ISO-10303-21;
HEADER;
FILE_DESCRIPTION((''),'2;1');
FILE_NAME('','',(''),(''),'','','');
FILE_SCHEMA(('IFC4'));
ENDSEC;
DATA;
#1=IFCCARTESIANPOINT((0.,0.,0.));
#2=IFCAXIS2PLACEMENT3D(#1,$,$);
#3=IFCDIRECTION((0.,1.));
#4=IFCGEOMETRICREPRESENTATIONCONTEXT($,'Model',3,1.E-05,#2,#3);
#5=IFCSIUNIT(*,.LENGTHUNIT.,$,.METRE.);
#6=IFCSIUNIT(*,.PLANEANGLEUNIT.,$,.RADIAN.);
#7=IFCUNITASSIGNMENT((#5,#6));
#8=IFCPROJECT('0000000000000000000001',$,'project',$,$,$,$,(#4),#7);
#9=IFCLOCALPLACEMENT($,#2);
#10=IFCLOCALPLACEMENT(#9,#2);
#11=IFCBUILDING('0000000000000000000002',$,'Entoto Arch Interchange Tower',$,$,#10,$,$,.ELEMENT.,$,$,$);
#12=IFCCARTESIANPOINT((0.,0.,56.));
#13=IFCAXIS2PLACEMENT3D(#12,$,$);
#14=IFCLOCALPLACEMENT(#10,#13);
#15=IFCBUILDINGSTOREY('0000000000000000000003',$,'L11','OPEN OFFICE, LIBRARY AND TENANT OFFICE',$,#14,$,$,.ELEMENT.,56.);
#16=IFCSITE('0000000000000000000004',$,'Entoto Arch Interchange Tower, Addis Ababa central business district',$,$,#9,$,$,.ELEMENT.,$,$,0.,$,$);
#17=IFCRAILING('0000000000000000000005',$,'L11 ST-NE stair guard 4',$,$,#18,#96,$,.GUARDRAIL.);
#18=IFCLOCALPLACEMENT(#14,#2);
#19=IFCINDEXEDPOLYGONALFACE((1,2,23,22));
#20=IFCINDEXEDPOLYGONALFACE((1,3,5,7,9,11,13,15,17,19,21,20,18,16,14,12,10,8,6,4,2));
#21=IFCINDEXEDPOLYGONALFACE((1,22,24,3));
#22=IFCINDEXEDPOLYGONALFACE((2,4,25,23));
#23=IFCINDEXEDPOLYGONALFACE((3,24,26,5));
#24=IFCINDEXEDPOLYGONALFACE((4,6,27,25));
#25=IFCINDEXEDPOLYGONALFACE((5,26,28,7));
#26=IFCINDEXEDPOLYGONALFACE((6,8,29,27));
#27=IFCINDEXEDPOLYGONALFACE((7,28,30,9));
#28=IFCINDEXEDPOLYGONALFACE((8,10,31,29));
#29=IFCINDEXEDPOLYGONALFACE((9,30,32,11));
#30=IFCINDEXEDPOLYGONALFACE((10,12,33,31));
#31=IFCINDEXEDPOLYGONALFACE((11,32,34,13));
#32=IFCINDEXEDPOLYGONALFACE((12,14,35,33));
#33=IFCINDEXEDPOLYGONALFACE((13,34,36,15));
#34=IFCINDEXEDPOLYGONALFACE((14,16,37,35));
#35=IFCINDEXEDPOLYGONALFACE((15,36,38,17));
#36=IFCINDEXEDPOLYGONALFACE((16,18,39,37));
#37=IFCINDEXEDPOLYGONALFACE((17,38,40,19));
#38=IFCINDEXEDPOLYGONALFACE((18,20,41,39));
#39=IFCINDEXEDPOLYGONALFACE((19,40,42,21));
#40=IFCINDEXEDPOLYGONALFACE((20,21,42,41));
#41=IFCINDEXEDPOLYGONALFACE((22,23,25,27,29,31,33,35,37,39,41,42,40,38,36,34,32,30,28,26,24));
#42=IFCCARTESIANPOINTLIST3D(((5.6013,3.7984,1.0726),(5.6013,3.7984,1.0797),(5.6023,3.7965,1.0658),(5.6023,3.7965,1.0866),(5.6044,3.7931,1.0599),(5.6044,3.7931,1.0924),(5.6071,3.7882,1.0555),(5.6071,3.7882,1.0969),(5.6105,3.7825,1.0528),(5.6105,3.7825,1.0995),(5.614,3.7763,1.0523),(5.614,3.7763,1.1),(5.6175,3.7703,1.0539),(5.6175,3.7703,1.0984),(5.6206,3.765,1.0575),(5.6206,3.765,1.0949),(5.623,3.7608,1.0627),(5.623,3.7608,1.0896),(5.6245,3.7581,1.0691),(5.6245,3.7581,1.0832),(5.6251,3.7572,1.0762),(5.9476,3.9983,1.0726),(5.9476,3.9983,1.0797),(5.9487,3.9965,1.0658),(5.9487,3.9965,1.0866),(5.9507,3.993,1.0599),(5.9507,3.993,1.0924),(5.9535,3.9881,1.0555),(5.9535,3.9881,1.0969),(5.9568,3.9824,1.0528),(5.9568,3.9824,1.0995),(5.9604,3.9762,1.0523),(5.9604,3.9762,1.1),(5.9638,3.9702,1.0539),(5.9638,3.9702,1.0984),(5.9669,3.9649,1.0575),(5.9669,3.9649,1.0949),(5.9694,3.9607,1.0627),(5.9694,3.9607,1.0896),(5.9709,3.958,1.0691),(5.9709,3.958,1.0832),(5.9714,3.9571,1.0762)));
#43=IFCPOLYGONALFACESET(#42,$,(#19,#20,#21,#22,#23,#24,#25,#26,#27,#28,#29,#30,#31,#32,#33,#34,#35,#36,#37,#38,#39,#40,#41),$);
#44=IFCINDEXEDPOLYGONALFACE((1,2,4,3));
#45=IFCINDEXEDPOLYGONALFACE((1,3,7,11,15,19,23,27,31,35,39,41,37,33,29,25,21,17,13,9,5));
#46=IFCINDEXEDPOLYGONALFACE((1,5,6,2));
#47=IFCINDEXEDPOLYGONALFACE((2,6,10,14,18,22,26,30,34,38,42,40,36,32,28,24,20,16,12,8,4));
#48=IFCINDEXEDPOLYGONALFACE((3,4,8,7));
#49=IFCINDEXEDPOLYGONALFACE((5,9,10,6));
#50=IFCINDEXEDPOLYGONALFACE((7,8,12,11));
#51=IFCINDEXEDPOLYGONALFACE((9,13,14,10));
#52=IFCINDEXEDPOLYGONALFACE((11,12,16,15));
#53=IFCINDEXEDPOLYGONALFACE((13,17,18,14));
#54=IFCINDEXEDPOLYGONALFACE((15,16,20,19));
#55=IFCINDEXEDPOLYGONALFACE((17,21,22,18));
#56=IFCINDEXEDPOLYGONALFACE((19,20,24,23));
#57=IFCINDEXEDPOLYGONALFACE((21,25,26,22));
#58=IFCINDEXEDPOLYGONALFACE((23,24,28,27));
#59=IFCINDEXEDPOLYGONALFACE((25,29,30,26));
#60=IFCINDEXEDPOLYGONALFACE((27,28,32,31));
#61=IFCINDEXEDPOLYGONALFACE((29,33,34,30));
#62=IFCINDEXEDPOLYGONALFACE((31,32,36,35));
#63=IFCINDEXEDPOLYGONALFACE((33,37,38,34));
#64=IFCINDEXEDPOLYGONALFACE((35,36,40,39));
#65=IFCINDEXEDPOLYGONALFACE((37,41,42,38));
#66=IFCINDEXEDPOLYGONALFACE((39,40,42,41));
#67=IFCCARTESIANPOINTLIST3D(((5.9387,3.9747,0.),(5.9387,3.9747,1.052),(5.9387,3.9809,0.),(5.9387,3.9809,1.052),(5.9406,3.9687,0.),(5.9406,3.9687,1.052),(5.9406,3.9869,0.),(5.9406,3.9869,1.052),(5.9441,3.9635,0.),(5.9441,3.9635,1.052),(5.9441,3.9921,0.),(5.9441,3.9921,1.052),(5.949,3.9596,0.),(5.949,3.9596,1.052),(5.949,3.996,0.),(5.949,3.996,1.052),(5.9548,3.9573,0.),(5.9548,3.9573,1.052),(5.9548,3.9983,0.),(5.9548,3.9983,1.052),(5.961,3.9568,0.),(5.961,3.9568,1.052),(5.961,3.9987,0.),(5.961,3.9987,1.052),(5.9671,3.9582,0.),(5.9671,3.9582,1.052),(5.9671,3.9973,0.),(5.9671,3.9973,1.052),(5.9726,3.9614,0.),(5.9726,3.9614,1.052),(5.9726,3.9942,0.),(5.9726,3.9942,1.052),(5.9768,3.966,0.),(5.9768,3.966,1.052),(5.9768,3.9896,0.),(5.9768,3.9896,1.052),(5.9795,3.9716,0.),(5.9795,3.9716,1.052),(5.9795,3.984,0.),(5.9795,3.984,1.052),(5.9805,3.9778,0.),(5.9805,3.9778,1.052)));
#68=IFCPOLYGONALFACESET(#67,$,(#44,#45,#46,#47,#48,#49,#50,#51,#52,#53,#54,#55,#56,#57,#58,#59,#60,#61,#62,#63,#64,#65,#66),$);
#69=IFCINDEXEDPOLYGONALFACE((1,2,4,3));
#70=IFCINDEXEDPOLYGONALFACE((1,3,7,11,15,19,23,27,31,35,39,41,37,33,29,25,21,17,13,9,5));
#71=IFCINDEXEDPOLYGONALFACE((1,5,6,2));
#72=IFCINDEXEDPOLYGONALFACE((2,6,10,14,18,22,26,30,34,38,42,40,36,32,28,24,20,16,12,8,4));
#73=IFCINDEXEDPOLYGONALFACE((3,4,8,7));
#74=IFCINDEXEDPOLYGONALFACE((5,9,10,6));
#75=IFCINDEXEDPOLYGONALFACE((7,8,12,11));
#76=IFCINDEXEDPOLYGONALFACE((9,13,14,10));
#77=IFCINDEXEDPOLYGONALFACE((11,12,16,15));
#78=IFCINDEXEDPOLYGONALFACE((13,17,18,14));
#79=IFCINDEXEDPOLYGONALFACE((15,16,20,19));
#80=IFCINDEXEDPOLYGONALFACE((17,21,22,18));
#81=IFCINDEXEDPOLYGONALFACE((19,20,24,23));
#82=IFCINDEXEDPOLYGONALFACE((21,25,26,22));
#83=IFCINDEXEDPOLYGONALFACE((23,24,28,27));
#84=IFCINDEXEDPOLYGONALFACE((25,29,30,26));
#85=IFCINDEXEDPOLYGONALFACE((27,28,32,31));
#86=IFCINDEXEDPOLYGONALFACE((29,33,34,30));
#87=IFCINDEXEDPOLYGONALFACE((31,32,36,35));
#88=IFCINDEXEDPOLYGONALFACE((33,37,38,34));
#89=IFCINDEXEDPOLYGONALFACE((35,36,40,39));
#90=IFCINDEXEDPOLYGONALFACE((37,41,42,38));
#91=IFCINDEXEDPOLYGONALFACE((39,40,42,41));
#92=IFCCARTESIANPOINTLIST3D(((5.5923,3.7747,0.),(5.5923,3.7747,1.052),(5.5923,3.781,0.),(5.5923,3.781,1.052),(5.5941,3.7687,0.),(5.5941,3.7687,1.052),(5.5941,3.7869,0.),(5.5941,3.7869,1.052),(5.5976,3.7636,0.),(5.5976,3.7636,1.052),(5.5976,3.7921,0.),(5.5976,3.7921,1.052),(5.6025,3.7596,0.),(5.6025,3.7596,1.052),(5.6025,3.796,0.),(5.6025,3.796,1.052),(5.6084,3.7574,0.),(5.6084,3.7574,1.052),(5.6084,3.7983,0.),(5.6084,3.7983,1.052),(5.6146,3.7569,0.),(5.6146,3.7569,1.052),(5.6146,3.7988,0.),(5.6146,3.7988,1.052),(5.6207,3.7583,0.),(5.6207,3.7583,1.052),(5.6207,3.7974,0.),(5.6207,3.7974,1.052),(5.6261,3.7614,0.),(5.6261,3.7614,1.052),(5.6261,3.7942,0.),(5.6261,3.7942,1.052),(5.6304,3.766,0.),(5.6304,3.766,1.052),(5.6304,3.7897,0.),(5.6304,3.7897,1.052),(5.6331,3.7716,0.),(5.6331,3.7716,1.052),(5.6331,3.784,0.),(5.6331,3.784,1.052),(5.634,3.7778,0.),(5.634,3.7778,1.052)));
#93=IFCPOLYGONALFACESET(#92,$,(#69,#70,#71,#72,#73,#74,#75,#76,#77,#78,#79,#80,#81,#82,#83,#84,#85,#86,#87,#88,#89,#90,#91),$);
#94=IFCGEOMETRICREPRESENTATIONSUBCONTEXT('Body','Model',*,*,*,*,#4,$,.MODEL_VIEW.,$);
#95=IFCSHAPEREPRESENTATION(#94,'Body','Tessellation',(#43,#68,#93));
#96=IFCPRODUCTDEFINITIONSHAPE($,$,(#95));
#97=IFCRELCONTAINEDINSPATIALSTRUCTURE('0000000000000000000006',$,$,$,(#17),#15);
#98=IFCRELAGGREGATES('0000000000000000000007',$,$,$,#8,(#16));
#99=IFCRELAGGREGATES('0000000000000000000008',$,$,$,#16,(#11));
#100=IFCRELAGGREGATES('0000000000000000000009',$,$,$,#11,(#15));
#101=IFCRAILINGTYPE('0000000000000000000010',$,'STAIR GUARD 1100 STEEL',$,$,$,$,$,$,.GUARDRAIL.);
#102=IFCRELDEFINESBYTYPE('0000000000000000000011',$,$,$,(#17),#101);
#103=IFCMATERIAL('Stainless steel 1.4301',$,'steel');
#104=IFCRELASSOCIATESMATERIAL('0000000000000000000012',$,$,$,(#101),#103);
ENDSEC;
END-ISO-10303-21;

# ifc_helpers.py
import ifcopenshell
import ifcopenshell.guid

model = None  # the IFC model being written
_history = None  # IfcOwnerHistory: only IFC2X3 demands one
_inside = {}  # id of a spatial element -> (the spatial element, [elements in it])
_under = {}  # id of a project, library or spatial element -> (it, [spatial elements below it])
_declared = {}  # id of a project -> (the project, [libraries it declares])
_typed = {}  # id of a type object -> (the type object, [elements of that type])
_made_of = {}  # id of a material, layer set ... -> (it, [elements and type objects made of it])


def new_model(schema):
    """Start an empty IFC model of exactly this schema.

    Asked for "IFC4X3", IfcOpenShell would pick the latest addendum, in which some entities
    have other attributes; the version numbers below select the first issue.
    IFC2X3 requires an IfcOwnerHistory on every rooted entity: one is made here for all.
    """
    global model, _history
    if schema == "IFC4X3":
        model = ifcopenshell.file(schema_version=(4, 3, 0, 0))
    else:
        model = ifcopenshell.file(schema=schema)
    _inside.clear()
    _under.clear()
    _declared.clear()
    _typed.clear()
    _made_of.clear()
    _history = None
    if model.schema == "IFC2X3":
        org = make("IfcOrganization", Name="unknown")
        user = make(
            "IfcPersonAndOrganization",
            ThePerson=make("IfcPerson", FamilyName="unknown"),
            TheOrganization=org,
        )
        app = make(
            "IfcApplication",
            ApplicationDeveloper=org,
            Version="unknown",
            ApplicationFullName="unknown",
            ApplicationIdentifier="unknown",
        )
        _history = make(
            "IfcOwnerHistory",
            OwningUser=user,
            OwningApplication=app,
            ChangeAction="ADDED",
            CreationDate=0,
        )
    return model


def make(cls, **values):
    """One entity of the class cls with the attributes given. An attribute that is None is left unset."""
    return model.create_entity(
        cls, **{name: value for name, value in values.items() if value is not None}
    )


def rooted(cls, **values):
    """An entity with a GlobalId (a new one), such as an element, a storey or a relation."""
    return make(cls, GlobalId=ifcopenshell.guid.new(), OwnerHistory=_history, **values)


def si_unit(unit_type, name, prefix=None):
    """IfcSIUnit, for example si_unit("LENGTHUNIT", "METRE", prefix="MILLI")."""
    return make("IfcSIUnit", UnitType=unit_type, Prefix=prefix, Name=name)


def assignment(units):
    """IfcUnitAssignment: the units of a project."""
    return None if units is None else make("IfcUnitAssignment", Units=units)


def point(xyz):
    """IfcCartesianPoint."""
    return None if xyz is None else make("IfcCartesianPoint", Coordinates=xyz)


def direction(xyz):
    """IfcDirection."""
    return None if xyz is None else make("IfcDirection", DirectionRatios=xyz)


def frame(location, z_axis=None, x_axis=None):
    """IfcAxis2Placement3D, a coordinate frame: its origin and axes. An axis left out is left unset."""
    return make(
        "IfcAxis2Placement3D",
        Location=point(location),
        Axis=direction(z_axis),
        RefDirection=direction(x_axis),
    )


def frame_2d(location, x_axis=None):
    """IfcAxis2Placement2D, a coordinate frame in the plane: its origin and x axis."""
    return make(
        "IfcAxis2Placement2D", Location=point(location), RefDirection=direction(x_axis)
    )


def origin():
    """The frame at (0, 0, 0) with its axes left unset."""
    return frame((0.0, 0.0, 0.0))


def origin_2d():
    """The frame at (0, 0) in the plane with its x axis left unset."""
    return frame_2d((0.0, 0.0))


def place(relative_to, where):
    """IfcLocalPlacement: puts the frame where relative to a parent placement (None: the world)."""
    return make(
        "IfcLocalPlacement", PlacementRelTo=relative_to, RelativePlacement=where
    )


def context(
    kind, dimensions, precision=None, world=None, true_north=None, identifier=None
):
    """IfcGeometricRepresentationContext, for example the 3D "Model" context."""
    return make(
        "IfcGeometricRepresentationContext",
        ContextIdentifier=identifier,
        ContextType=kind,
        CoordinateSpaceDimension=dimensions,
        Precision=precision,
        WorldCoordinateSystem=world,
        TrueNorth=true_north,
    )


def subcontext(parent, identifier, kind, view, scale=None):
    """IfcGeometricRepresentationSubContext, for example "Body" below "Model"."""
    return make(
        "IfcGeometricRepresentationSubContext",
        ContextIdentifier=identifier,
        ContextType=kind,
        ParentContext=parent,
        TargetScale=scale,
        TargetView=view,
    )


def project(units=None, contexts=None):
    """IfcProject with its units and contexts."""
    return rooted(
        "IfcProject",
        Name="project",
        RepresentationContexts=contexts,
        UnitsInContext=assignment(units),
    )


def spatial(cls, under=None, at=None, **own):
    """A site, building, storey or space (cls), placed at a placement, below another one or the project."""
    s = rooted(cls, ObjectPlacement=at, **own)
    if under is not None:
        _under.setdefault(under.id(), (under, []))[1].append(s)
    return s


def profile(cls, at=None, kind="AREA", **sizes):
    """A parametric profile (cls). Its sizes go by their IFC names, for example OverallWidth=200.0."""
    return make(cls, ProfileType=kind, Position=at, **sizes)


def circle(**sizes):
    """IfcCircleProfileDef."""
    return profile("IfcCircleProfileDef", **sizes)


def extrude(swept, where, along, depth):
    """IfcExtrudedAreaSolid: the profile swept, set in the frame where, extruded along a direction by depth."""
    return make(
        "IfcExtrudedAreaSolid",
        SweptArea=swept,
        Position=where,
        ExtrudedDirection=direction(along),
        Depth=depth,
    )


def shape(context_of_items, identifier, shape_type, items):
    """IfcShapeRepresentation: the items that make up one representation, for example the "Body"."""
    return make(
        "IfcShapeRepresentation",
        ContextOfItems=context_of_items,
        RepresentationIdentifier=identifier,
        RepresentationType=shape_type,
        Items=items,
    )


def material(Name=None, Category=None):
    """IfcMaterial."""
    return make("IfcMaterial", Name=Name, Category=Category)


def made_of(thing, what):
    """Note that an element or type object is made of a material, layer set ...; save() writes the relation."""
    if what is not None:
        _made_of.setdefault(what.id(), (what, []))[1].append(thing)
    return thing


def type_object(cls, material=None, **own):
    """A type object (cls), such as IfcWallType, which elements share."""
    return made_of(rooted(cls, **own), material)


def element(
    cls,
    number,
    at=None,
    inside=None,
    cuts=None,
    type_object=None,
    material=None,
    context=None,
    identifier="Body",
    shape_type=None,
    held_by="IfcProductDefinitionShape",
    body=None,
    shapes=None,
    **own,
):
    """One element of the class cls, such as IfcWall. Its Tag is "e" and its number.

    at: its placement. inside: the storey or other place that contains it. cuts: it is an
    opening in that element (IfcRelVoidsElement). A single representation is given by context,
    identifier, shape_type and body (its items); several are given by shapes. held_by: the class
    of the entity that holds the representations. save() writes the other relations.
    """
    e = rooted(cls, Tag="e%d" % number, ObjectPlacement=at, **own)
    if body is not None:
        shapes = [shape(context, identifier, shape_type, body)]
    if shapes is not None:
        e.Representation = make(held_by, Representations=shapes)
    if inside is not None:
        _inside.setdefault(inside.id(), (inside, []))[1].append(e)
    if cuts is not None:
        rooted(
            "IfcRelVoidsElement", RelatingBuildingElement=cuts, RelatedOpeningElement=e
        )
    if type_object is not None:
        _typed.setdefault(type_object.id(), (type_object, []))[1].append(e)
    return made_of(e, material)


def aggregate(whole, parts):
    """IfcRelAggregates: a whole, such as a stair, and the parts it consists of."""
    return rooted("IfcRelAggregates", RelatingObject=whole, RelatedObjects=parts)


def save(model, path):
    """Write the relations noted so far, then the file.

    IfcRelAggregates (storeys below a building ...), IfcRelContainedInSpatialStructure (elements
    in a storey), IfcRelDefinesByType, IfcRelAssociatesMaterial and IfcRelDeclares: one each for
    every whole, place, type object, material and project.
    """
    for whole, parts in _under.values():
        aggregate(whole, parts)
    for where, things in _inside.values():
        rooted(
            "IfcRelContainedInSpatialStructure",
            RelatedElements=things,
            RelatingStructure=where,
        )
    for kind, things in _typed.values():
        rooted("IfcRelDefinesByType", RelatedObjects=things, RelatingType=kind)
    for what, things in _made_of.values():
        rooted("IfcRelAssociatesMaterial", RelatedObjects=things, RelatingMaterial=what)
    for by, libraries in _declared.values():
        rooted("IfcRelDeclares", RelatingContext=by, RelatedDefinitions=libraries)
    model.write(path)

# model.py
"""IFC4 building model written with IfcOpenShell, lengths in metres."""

from ifc_helpers import new_model, si_unit, direction, frame, origin, origin_2d, place, context, subcontext, project, spatial, circle, extrude, material, type_object, element, save


model = new_model("IFC4")

# Units and contexts
model_context = context("Model", 3, precision=1e-05, world=origin(), true_north=direction((0.0, 1.0)))
body_context = subcontext(model_context, "Body", "Model", "MODEL_VIEW")
ifc_project = project(units=[si_unit("LENGTHUNIT", "METRE"), si_unit("PLANEANGLEUNIT", "RADIAN")], contexts=[model_context])

# Site, building, storey
site_placement = place(None, origin())
site = spatial("IfcSite", under=ifc_project, at=site_placement, Name="Entoto Arch Interchange Tower, Addis Ababa central business district", CompositionType="ELEMENT", RefElevation=0.0)
building_placement = place(site_placement, origin())
building = spatial("IfcBuilding", under=site, at=building_placement, Name="Entoto Arch Interchange Tower", CompositionType="ELEMENT")
storey_placement = place(building_placement, frame((0.0, 0.0, 56.0)))
storey = spatial("IfcBuildingStorey", under=building, at=storey_placement, Name="L11", Description="OPEN OFFICE, LIBRARY AND TENANT OFFICE", CompositionType="ELEMENT", Elevation=56.0)

# Railing
ifc_material_1 = material(Name="Stainless steel 1.4301", Category="steel")
railing_type_1 = type_object("IfcRailingType", Name="STAIR GUARD 1100 STEEL", PredefinedType="GUARDRAIL", material=ifc_material_1)
railing_1_placement = place(storey_placement, frame((5.9595, 3.9778, 0.0)))
element("IfcRailing", 1, at=railing_1_placement, inside=storey, type_object=railing_type_1, Name="L11 ST-NE stair guard 4", PredefinedType="GUARDRAIL", context=body_context, shape_type="SweptSolid", body=[
    extrude(circle(Radius=0.0239, at=origin_2d()), frame((0.0, 0.0, 1.0762), z_axis=(-0.866094, -0.499881, 0.0), x_axis=(0.499881, -0.866094, 0.0)), (0.0, 0.0, 1.0), 0.3999),
    extrude(circle(Radius=0.021, at=origin_2d()), origin(), (0.0, 0.0, 1.0), 1.052),
    extrude(circle(Radius=0.021, at=origin_2d()), frame((-0.3464, -0.2, 0.0)), (0.0, 0.0, 1.0), 1.052),
])

save(model, "model.ifc")
